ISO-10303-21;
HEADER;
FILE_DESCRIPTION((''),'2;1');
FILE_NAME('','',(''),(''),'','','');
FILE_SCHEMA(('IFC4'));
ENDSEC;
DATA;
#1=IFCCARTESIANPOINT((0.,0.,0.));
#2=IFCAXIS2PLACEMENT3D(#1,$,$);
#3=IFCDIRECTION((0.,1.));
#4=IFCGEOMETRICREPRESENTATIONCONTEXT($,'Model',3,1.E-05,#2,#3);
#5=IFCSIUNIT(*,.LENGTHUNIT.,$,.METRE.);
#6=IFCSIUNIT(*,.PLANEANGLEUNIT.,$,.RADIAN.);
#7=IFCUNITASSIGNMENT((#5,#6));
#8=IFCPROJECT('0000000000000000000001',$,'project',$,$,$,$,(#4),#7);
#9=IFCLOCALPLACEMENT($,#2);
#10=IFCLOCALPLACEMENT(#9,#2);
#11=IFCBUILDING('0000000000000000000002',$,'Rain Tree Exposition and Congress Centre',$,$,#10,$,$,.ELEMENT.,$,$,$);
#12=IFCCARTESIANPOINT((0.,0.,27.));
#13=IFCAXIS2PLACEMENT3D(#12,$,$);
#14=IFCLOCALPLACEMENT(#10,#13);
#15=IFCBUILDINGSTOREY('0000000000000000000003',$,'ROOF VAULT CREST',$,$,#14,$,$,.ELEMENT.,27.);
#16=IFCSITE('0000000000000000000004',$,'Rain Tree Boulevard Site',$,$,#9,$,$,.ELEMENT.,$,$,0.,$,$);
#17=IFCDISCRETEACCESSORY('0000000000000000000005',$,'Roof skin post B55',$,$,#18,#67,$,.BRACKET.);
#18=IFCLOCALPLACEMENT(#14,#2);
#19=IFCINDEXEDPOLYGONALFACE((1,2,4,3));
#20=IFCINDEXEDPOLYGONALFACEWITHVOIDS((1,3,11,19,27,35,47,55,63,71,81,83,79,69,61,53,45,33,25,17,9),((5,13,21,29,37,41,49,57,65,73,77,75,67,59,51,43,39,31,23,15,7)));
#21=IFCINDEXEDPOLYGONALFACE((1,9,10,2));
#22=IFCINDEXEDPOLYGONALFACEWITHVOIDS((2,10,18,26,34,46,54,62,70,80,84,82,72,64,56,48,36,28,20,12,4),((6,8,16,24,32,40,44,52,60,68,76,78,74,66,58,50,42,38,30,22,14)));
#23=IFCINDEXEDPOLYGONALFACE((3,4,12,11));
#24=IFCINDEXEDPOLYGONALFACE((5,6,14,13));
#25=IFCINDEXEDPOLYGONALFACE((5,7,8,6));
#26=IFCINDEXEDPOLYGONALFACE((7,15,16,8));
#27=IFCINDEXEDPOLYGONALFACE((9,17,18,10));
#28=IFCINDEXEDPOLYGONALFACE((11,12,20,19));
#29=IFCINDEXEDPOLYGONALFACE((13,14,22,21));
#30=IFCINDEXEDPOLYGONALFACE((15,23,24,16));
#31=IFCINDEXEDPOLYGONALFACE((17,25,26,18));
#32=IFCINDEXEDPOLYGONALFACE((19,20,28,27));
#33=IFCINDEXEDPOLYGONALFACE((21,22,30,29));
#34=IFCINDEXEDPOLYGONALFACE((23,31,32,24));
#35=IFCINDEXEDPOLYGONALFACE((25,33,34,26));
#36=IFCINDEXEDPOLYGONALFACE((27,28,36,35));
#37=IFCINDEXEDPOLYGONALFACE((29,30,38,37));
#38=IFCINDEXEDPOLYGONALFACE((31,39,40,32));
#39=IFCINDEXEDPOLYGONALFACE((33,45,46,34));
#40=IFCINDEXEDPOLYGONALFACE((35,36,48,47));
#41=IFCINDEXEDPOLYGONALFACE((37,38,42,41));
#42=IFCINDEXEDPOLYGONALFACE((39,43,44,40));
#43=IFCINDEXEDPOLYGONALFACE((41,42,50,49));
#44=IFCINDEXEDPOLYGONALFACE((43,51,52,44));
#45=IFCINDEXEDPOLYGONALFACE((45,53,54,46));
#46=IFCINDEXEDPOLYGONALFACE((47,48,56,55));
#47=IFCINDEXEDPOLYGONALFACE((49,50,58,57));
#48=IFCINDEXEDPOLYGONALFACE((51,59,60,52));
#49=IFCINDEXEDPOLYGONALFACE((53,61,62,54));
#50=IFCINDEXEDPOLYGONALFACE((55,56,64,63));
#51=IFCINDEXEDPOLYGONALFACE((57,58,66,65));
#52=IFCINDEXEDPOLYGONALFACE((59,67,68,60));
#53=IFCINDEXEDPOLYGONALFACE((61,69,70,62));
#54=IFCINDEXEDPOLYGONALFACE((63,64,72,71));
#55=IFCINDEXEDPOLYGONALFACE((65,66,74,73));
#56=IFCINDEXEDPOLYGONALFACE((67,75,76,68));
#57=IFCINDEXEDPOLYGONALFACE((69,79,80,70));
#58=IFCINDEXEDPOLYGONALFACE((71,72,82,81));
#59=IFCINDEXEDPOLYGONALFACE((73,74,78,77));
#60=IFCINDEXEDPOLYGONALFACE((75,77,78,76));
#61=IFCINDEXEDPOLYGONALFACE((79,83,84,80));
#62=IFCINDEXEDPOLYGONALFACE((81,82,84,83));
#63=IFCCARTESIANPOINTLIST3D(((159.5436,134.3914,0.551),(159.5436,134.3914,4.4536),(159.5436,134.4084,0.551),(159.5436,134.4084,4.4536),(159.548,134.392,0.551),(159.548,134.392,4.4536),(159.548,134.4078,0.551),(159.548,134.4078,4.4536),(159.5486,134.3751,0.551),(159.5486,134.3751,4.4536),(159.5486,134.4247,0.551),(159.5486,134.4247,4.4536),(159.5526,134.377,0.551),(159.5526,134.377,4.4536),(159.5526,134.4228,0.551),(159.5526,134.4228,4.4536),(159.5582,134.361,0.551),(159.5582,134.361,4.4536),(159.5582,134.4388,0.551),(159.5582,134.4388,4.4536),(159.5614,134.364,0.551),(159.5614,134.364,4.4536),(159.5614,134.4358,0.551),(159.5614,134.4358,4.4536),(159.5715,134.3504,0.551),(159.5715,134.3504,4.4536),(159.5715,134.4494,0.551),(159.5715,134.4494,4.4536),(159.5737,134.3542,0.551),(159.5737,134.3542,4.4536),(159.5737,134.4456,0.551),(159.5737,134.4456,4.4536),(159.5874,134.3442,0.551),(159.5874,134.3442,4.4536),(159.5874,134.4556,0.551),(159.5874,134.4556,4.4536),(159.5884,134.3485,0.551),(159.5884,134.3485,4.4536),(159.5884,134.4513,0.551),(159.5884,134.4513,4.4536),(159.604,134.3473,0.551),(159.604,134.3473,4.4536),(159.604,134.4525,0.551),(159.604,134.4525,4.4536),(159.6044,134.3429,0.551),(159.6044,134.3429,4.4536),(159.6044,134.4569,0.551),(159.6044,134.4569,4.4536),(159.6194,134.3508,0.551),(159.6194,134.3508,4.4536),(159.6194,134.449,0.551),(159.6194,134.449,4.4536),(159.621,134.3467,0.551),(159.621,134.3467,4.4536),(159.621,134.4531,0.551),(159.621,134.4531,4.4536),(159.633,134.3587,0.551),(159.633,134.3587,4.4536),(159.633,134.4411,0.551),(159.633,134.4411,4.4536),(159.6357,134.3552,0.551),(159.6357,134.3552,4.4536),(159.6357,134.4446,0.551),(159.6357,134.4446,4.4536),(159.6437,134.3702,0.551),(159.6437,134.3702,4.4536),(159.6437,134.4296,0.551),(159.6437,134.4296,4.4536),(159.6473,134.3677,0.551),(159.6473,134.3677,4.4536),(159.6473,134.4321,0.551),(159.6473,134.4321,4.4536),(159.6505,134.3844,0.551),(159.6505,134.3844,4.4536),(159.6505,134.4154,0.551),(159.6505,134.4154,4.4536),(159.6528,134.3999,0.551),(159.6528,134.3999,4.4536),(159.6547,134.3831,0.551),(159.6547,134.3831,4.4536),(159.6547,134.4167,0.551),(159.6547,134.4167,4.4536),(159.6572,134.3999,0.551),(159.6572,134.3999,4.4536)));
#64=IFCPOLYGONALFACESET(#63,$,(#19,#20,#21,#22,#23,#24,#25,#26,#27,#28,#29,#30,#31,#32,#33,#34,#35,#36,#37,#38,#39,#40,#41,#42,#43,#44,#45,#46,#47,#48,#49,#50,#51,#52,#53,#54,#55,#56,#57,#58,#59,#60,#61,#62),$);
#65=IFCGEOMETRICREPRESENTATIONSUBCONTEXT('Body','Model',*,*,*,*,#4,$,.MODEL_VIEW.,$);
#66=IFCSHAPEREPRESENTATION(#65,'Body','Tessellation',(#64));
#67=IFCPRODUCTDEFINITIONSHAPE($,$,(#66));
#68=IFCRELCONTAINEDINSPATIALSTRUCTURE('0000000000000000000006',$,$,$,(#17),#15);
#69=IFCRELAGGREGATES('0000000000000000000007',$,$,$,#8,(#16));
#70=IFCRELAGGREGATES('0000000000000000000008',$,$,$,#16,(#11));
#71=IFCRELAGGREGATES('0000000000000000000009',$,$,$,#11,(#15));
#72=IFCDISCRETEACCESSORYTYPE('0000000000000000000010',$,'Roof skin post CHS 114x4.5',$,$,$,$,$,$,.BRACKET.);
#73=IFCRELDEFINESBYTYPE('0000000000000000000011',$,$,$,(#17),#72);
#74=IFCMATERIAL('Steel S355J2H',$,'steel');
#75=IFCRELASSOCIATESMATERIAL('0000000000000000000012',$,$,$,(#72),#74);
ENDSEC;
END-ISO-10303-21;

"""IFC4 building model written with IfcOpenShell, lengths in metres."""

from ifc_helpers import new_model, si_unit, direction, frame, origin, origin_2d, place, context, subcontext, project, spatial, hollow_circle, extrude, material, material_profile, profile_set, type_object, element, save


model = new_model("IFC4")

# Units and contexts
model_context = context("Model", 3, precision=1e-05, world=origin(), true_north=direction((0.0, 1.0)))
body_context = subcontext(model_context, "Body", "Model", "MODEL_VIEW")
ifc_project = project(units=[si_unit("LENGTHUNIT", "METRE"), si_unit("PLANEANGLEUNIT", "RADIAN")], contexts=[model_context])

# Site, building, storey
site_placement = place(None, origin())
site = spatial("IfcSite", under=ifc_project, at=site_placement, Name="Rain Tree Boulevard Site", CompositionType="ELEMENT", RefElevation=0.0)
building_placement = place(site_placement, origin())
building = spatial("IfcBuilding", under=site, at=building_placement, Name="Rain Tree Exposition and Congress Centre", CompositionType="ELEMENT")
storey_placement = place(building_placement, frame((0.0, 0.0, 27.0)))
storey = spatial("IfcBuildingStorey", under=building, at=storey_placement, Name="ROOF VAULT CREST", CompositionType="ELEMENT", Elevation=27.0)

# Discrete accessory
ifc_material_1 = material(Name="Steel S355J2H", Category="steel")
ifc_material_profile_1 = material_profile(ifc_material_1, hollow_circle(Radius=0.0571, WallThickness=0.0044, at=origin_2d()), Name="CHS 114x4.5")
ifc_profile_set_1 = profile_set([ifc_material_profile_1], Name="Steel S355J2H")
discrete_accessory_type_1 = type_object("IfcDiscreteAccessoryType", Name="Roof skin post CHS 114x4.5", PredefinedType="BRACKET", material=ifc_profile_set_1)
discrete_accessory_1_placement = place(storey_placement, frame((159.6001, 134.3999, 0.551), z_axis=(0.0, 0.0, 1.0), x_axis=(1.0, 0.0, 0.0)))
element("IfcDiscreteAccessory", 1, at=discrete_accessory_1_placement, inside=storey, type_object=discrete_accessory_type_1, Name="Roof skin post B55", PredefinedType="BRACKET", context=body_context, shape_type="SweptSolid", body=[
    extrude(hollow_circle(Radius=0.0571, WallThickness=0.0044, at=origin_2d()), origin(), (0.0, 0.0, 1.0), 3.9026),
])

save(model, "model.ifc")
